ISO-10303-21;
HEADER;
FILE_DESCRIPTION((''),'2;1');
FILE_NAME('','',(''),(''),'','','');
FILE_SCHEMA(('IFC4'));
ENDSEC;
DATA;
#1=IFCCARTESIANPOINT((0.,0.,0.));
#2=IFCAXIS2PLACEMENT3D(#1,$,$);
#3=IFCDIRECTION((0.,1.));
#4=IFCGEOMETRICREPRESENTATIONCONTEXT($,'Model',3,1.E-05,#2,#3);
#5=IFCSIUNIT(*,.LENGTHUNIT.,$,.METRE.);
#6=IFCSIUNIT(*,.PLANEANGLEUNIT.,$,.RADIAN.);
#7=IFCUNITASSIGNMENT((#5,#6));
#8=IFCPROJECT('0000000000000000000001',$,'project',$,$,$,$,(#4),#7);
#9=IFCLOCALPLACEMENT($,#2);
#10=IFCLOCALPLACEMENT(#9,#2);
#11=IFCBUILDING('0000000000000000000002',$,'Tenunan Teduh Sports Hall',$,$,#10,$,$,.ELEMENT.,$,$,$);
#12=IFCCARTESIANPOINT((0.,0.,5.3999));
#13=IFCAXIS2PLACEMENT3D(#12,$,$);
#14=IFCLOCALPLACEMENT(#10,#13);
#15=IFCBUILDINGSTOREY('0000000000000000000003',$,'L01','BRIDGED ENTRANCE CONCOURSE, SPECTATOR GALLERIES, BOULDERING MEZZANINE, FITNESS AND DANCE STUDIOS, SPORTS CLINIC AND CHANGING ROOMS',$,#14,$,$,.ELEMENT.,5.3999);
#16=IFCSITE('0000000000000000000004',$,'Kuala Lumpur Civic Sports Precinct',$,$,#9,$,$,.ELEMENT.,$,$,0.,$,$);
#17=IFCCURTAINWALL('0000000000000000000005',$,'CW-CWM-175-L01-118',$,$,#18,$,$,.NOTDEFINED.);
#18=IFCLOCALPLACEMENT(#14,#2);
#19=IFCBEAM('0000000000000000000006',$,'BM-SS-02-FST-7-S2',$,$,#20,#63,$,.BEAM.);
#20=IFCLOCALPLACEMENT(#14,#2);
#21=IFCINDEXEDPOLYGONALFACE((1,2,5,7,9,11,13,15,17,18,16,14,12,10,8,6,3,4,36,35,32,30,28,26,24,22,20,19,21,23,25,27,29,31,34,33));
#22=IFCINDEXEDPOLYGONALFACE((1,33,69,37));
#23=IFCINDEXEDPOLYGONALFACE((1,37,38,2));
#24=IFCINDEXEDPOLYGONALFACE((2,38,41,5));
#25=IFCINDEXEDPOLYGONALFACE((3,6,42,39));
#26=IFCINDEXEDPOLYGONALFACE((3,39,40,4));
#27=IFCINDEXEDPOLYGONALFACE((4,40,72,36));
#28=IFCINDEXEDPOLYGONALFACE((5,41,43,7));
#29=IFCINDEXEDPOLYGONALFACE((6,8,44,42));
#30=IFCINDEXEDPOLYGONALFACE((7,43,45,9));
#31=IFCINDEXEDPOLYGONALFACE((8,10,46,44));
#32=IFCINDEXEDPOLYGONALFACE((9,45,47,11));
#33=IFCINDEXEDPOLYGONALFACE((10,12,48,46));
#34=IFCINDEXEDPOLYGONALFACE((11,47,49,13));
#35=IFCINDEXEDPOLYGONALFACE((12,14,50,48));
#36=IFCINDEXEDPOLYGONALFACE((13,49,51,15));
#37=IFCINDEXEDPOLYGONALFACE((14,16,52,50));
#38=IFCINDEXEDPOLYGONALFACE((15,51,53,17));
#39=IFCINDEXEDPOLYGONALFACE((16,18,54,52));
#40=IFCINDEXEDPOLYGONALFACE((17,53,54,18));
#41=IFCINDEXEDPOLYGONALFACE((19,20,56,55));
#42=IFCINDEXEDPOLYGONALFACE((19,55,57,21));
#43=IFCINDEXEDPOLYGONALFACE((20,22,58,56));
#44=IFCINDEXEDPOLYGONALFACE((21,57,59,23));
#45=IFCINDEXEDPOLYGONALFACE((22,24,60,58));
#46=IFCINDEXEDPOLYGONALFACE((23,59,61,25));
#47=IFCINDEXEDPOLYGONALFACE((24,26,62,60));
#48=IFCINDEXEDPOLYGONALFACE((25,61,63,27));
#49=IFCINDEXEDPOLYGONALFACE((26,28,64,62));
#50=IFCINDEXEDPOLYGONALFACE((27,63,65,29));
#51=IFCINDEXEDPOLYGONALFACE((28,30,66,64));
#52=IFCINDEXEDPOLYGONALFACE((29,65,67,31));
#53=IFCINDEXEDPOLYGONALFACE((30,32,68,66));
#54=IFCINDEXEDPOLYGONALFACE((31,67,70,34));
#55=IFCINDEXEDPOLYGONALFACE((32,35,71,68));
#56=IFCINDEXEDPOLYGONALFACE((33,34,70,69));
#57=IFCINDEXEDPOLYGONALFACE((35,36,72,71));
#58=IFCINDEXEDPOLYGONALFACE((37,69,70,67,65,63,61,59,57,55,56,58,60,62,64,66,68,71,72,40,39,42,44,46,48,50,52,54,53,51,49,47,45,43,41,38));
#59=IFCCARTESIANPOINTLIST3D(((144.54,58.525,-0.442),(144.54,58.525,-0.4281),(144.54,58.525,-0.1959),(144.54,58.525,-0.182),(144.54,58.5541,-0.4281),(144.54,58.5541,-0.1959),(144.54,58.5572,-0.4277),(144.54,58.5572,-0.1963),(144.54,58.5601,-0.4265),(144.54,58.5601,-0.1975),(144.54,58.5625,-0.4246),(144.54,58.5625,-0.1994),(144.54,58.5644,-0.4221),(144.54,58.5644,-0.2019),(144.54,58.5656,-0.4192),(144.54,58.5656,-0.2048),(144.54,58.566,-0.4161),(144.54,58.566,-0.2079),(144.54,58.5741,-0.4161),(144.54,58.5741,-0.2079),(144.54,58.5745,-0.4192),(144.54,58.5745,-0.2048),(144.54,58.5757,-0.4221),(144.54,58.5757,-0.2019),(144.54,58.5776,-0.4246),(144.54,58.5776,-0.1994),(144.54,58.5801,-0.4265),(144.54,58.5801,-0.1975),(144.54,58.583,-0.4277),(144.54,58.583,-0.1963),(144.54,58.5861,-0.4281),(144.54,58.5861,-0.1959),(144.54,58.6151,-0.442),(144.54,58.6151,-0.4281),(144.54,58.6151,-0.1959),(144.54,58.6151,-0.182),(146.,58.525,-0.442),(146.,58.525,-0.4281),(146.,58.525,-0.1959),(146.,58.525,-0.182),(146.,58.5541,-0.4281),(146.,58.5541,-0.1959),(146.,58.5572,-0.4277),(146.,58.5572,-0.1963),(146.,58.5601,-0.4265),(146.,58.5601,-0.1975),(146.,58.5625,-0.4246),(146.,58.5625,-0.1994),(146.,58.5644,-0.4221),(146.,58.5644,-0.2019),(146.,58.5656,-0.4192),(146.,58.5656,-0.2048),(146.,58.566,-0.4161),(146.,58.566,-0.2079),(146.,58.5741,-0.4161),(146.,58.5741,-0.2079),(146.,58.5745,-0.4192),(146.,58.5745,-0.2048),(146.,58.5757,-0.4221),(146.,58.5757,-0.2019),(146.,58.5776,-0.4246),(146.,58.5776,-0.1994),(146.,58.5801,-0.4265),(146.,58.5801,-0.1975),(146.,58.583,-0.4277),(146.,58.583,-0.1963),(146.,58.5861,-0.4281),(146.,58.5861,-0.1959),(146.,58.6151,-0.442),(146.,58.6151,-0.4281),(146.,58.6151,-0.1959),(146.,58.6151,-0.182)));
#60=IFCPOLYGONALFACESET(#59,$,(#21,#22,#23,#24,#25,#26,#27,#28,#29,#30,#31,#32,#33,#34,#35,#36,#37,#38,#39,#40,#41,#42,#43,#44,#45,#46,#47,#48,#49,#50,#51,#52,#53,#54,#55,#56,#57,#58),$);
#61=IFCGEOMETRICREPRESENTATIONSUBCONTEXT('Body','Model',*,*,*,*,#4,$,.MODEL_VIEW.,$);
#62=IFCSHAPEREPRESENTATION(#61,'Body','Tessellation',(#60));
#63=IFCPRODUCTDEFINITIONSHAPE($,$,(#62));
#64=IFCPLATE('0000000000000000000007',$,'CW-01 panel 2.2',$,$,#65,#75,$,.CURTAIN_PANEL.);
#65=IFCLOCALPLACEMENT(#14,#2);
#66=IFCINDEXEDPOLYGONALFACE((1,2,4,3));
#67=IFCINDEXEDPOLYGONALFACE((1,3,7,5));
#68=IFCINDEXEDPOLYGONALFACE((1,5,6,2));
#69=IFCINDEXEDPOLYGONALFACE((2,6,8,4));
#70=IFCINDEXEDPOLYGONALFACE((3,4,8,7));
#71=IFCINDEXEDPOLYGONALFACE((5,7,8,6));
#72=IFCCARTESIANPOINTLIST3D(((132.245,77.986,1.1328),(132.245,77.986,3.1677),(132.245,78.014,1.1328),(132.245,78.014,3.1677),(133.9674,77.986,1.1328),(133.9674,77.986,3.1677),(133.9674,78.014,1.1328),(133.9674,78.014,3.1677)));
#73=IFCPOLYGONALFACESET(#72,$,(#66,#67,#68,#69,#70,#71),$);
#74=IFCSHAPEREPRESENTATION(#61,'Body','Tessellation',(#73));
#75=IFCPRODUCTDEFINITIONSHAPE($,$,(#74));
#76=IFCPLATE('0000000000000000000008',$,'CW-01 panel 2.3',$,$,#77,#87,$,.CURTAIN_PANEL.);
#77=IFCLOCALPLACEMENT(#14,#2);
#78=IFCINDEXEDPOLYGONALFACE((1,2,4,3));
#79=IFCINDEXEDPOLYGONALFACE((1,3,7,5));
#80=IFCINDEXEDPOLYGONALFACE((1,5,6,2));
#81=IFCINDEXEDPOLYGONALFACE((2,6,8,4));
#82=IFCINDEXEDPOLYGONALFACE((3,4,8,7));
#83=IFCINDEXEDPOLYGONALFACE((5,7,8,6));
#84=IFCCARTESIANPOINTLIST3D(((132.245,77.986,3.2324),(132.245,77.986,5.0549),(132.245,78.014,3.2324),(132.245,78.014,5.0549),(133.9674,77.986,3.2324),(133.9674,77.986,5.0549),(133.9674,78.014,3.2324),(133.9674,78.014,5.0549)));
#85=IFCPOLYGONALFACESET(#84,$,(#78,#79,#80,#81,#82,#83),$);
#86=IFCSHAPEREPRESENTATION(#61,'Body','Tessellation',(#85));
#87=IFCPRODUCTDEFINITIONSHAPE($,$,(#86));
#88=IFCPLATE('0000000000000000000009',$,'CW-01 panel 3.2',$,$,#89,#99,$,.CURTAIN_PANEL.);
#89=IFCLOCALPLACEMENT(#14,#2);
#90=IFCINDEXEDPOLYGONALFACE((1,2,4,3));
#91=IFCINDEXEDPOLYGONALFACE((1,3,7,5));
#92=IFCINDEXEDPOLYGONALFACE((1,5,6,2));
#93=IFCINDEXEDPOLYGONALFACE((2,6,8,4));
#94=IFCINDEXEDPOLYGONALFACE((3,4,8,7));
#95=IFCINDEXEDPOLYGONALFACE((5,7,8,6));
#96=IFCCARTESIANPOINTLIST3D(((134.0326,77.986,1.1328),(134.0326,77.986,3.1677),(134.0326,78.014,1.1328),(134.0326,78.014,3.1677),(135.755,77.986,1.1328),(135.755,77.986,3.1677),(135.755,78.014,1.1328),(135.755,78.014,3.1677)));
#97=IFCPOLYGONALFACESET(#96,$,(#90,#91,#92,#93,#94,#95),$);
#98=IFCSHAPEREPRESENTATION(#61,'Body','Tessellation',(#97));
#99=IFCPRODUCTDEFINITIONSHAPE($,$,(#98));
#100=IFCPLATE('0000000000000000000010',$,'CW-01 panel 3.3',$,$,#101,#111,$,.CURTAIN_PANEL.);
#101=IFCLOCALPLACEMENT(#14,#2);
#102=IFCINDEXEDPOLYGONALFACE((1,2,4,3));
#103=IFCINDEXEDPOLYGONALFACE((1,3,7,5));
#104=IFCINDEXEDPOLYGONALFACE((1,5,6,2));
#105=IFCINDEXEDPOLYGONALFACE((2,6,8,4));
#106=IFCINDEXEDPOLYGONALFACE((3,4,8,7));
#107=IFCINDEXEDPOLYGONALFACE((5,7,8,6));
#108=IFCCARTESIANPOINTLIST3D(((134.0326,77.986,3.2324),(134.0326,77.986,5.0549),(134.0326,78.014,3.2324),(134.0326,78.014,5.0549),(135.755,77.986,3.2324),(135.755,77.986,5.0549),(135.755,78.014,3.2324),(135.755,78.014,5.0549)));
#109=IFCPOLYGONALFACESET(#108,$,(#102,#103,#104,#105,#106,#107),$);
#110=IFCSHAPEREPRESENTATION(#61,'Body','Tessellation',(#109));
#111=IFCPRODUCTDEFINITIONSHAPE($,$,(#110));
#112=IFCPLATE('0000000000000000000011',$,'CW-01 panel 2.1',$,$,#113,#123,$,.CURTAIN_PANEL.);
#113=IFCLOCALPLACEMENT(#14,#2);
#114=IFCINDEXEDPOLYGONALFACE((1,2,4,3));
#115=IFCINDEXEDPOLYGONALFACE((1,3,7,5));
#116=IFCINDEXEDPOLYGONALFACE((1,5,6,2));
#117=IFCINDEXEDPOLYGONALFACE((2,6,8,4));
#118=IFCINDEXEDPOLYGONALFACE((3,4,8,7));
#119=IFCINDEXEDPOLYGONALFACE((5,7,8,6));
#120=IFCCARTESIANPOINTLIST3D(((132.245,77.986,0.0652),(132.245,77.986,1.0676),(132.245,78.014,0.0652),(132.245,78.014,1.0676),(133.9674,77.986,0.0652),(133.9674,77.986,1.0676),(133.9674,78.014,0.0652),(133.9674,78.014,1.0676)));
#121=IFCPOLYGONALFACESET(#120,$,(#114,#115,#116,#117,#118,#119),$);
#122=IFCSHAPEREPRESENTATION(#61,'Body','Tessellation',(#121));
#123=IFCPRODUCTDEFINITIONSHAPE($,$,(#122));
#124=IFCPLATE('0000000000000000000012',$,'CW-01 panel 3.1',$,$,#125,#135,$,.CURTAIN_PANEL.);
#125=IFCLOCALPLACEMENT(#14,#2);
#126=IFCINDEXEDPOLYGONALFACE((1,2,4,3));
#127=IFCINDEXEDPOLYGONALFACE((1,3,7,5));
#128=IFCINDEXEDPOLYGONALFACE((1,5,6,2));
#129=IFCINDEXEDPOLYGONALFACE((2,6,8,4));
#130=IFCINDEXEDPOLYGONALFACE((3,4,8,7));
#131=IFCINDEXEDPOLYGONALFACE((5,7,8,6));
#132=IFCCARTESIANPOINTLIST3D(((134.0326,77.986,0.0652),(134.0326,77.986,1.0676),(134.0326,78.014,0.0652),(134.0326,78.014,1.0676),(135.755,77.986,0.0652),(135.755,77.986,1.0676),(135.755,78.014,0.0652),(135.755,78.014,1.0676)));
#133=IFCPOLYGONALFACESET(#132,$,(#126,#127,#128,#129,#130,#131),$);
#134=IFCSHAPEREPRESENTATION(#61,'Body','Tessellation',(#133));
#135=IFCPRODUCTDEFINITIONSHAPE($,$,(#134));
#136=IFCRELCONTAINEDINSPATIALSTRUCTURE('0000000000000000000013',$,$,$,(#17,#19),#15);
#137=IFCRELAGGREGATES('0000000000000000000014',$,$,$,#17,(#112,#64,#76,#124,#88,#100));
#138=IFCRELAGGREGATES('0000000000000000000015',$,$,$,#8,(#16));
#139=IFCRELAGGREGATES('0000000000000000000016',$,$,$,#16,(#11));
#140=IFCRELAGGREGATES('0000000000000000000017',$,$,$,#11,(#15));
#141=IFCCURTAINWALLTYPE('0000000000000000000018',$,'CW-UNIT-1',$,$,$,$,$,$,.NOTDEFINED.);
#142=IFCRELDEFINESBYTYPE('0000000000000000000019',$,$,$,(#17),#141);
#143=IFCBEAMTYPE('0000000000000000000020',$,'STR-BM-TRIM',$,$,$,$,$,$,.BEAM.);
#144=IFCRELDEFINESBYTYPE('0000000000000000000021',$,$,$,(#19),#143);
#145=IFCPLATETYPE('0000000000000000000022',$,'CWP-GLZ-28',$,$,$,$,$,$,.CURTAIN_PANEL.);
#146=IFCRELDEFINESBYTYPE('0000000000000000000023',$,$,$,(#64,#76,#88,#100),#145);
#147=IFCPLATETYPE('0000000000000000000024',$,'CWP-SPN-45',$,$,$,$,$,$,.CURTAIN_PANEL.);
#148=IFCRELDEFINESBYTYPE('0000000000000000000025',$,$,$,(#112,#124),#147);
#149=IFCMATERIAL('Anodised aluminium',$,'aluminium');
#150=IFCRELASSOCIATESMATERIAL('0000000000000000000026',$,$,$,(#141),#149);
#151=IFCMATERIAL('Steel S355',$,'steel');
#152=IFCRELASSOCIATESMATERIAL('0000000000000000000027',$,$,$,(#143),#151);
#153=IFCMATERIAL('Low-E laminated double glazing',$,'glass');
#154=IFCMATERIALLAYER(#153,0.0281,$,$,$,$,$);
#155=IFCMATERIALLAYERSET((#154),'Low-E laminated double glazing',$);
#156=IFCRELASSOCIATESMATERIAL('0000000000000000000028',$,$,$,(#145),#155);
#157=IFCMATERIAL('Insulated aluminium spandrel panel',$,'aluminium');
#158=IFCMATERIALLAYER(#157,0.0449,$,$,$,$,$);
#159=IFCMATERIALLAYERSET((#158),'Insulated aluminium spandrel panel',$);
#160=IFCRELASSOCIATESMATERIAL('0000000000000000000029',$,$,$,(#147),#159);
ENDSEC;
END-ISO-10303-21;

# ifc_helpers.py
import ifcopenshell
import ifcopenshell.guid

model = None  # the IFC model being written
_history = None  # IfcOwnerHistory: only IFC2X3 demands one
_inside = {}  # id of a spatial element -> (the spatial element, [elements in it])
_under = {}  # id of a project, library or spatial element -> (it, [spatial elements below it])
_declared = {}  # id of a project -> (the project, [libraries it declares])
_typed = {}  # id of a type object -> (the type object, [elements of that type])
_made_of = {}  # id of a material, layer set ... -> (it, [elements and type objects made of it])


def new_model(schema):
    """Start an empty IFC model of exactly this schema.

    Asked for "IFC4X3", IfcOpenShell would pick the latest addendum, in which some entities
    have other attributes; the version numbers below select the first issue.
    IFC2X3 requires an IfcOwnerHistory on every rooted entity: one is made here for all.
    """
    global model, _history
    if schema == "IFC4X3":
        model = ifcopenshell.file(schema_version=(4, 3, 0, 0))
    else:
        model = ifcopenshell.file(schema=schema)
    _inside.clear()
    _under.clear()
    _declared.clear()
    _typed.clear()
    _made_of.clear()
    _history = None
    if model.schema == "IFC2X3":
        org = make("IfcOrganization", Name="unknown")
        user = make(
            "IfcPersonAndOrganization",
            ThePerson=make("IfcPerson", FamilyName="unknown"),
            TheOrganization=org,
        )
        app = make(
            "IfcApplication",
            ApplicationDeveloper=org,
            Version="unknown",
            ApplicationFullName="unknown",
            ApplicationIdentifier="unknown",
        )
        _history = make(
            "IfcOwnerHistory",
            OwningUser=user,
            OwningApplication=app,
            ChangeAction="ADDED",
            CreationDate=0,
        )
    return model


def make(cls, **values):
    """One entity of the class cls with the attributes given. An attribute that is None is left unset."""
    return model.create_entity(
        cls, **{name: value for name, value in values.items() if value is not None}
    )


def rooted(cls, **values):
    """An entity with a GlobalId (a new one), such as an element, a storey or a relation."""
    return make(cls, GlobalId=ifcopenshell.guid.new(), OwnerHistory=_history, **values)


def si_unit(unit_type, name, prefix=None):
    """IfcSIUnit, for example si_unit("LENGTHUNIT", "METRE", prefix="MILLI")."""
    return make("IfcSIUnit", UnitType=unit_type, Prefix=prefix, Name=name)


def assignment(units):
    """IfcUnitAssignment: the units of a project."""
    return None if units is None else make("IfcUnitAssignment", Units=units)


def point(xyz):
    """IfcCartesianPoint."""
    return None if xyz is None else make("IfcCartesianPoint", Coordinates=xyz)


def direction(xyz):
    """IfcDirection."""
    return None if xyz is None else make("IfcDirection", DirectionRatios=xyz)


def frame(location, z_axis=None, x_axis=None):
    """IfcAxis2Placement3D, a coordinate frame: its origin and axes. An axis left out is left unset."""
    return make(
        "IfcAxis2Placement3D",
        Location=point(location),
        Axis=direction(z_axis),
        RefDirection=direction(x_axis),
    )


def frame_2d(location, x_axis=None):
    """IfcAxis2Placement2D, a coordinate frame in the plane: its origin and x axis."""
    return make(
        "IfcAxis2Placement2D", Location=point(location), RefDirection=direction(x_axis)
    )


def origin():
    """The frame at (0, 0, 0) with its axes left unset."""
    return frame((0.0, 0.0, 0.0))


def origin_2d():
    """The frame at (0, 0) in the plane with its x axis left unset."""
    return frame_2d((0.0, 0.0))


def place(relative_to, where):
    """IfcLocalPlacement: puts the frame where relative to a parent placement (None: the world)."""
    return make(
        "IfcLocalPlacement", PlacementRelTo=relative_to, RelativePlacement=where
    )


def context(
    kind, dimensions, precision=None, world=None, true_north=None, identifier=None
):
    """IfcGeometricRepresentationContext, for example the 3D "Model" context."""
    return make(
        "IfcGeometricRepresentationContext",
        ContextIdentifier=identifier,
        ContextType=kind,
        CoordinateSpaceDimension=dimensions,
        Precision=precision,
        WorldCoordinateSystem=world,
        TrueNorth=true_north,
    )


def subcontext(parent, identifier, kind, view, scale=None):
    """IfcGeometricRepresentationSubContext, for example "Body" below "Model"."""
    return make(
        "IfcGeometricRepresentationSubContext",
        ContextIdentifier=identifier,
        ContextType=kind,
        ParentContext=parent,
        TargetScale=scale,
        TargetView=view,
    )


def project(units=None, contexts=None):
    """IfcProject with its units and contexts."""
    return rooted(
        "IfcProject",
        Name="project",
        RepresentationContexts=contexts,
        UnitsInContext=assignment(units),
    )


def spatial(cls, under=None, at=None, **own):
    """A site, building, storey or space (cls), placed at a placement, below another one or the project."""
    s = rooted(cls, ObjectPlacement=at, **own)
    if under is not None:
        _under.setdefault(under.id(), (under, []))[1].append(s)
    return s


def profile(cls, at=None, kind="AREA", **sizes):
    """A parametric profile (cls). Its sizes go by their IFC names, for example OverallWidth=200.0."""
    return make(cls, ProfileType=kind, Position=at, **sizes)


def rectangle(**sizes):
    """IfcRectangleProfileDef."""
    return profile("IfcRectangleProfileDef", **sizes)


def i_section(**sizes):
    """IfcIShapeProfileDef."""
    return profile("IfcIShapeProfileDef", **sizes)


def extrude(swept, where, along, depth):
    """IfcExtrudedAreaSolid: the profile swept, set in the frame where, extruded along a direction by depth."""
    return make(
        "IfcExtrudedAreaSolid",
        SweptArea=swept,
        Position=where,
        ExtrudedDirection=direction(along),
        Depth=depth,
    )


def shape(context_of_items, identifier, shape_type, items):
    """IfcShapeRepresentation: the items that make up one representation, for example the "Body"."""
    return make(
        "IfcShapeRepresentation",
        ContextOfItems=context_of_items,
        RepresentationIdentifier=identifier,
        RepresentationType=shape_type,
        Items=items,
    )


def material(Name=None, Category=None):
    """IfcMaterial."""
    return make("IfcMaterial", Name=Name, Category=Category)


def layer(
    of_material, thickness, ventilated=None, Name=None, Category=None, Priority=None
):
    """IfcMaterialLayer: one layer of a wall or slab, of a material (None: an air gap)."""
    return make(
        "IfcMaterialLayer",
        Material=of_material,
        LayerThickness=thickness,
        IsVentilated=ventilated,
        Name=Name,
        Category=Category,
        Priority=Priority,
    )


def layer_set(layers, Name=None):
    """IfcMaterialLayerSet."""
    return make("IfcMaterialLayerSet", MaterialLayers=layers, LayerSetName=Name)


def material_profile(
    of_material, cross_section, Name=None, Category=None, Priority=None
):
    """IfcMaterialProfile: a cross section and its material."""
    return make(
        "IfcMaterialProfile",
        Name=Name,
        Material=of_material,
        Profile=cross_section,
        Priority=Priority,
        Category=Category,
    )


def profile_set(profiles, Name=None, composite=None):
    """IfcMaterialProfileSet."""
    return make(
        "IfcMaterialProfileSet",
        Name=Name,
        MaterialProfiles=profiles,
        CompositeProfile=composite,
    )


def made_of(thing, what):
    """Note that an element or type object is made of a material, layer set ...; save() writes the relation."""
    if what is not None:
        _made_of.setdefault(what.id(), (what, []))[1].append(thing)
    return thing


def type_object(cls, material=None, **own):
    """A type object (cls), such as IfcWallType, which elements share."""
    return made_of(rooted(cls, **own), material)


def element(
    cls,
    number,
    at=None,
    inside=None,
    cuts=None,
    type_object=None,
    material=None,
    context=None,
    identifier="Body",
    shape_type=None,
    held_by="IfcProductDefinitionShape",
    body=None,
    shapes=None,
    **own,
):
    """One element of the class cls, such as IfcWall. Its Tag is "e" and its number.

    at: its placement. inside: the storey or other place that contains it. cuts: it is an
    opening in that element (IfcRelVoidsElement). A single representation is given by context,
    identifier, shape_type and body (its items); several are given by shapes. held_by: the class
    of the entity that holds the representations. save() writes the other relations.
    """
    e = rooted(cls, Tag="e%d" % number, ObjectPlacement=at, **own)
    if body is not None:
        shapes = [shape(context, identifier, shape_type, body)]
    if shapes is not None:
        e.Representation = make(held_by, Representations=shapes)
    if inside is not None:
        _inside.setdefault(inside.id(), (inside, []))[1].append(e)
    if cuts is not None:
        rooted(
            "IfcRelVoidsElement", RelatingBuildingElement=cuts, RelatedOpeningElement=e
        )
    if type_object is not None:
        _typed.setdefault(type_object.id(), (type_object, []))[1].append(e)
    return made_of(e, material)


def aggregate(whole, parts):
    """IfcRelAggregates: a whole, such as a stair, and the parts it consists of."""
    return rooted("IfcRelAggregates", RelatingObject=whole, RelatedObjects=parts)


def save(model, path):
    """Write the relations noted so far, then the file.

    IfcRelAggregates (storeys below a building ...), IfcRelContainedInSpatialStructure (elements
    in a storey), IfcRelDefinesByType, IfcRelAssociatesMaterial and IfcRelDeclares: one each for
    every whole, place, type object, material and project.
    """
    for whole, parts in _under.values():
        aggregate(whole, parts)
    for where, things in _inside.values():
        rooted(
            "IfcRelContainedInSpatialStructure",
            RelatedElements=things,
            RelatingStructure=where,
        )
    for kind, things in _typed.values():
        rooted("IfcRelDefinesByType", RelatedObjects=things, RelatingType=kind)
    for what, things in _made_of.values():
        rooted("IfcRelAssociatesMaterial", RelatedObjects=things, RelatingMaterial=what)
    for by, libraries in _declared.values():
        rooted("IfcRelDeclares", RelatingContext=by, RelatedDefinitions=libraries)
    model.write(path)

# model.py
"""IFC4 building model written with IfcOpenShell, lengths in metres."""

from ifc_helpers import new_model, si_unit, direction, frame, origin, origin_2d, place, context, subcontext, project, spatial, rectangle, i_section, extrude, material, layer, layer_set, material_profile, profile_set, type_object, element, aggregate, save


model = new_model("IFC4")

# Units and contexts
model_context = context("Model", 3, precision=1e-05, world=origin(), true_north=direction((0.0, 1.0)))
body_context = subcontext(model_context, "Body", "Model", "MODEL_VIEW")
ifc_project = project(units=[si_unit("LENGTHUNIT", "METRE"), si_unit("PLANEANGLEUNIT", "RADIAN")], contexts=[model_context])

# Site, building, storey
site_placement = place(None, origin())
site = spatial("IfcSite", under=ifc_project, at=site_placement, Name="Kuala Lumpur Civic Sports Precinct", CompositionType="ELEMENT", RefElevation=0.0)
building_placement = place(site_placement, origin())
building = spatial("IfcBuilding", under=site, at=building_placement, Name="Tenunan Teduh Sports Hall", CompositionType="ELEMENT")
storey_placement = place(building_placement, frame((0.0, 0.0, 5.3999)))
storey = spatial("IfcBuildingStorey", under=building, at=storey_placement, Name="L01", Description="BRIDGED ENTRANCE CONCOURSE, SPECTATOR GALLERIES, BOULDERING MEZZANINE, FITNESS AND DANCE STUDIOS, SPORTS CLINIC AND CHANGING ROOMS", CompositionType="ELEMENT", Elevation=5.3999)

# Curtain wall
ifc_material_1 = material(Name="Anodised aluminium", Category="aluminium")
curtain_wall_type = type_object("IfcCurtainWallType", Name="CW-UNIT-1", PredefinedType="NOTDEFINED", material=ifc_material_1)
curtain_wall_placement = place(storey_placement, origin())
curtain_wall = element("IfcCurtainWall", 1, at=curtain_wall_placement, inside=storey, type_object=curtain_wall_type, Name="CW-CWM-175-L01-118", PredefinedType="NOTDEFINED")

# Beam
ifc_material_2 = material(Name="Steel S355", Category="steel")
ifc_material_profile_1 = material_profile(ifc_material_2, i_section(OverallWidth=0.0901, OverallDepth=0.26, WebThickness=0.0081, FlangeThickness=0.0139, FilletRadius=0.012, at=origin_2d()), Name="PFC 260x90")
ifc_profile_set_1 = profile_set([ifc_material_profile_1], Name="Steel S355")
beam_type_1 = type_object("IfcBeamType", Name="STR-BM-TRIM", PredefinedType="BEAM", material=ifc_profile_set_1)
beam_1_placement = place(storey_placement, frame((144.54, 58.5701, -0.312), z_axis=(1.0, 0.0, 0.0), x_axis=(0.0, 1.0, 0.0)))
element("IfcBeam", 2, at=beam_1_placement, inside=storey, type_object=beam_type_1, Name="BM-SS-02-FST-7-S2", PredefinedType="BEAM", context=body_context, shape_type="SweptSolid", body=[
    extrude(i_section(OverallWidth=0.0901, OverallDepth=0.26, WebThickness=0.0081, FlangeThickness=0.0139, FilletRadius=0.012, at=origin_2d()), origin(), (0.0, 0.0, 1.0), 1.46),
])

# Plates
ifc_material_3 = material(Name="Low-E laminated double glazing", Category="glass")
ifc_layer_1 = layer(ifc_material_3, 0.0281)
ifc_layer_set_1 = layer_set([ifc_layer_1], Name="Low-E laminated double glazing")
plate_type_1 = type_object("IfcPlateType", Name="CWP-GLZ-28", PredefinedType="CURTAIN_PANEL", material=ifc_layer_set_1)
plate_1_placement = place(storey_placement, frame((133.1062, 78.0, 1.1328), z_axis=(0.0, 0.0, 1.0), x_axis=(1.0, 0.0, 0.0)))
plate_1 = element("IfcPlate", 3, at=plate_1_placement, type_object=plate_type_1, Name="CW-01 panel 2.2", PredefinedType="CURTAIN_PANEL", context=body_context, shape_type="SweptSolid", body=[
    extrude(rectangle(XDim=1.7224, YDim=0.0281, at=origin_2d()), origin(), (0.0, 0.0, 1.0), 2.0349),
])
plate_2_placement = place(storey_placement, frame((133.1062, 78.0, 3.2324), z_axis=(0.0, 0.0, 1.0), x_axis=(1.0, 0.0, 0.0)))
plate_2 = element("IfcPlate", 4, at=plate_2_placement, type_object=plate_type_1, Name="CW-01 panel 2.3", PredefinedType="CURTAIN_PANEL", context=body_context, shape_type="SweptSolid", body=[
    extrude(rectangle(XDim=1.7224, YDim=0.0281, at=origin_2d()), origin(), (0.0, 0.0, 1.0), 1.8225),
])
plate_3_placement = place(storey_placement, frame((134.8938, 78.0, 1.1328), z_axis=(0.0, 0.0, 1.0), x_axis=(1.0, 0.0, 0.0)))
plate_3 = element("IfcPlate", 5, at=plate_3_placement, type_object=plate_type_1, Name="CW-01 panel 3.2", PredefinedType="CURTAIN_PANEL", context=body_context, shape_type="SweptSolid", body=[
    extrude(rectangle(XDim=1.7224, YDim=0.0281, at=origin_2d()), origin(), (0.0, 0.0, 1.0), 2.0349),
])
plate_4_placement = place(storey_placement, frame((134.8938, 78.0, 3.2324), z_axis=(0.0, 0.0, 1.0), x_axis=(1.0, 0.0, 0.0)))
plate_4 = element("IfcPlate", 6, at=plate_4_placement, type_object=plate_type_1, Name="CW-01 panel 3.3", PredefinedType="CURTAIN_PANEL", context=body_context, shape_type="SweptSolid", body=[
    extrude(rectangle(XDim=1.7224, YDim=0.0281, at=origin_2d()), origin(), (0.0, 0.0, 1.0), 1.8225),
])
ifc_material_4 = material(Name="Insulated aluminium spandrel panel", Category="aluminium")
ifc_layer_2 = layer(ifc_material_4, 0.0449)
ifc_layer_set_2 = layer_set([ifc_layer_2], Name="Insulated aluminium spandrel panel")
plate_type_2 = type_object("IfcPlateType", Name="CWP-SPN-45", PredefinedType="CURTAIN_PANEL", material=ifc_layer_set_2)
plate_5_placement = place(storey_placement, frame((133.1062, 78.0, 0.0652), z_axis=(0.0, 0.0, 1.0), x_axis=(1.0, 0.0, 0.0)))
plate_5 = element("IfcPlate", 7, at=plate_5_placement, type_object=plate_type_2, Name="CW-01 panel 2.1", PredefinedType="CURTAIN_PANEL", context=body_context, shape_type="SweptSolid", body=[
    extrude(rectangle(XDim=1.7224, YDim=0.0281, at=origin_2d()), origin(), (0.0, 0.0, 1.0), 1.0024),
])
plate_6_placement = place(storey_placement, frame((134.8938, 78.0, 0.0652), z_axis=(0.0, 0.0, 1.0), x_axis=(1.0, 0.0, 0.0)))
plate_6 = element("IfcPlate", 8, at=plate_6_placement, type_object=plate_type_2, Name="CW-01 panel 3.1", PredefinedType="CURTAIN_PANEL", context=body_context, shape_type="SweptSolid", body=[
    extrude(rectangle(XDim=1.7224, YDim=0.0281, at=origin_2d()), origin(), (0.0, 0.0, 1.0), 1.0024),
])
aggregate(curtain_wall, [plate_5, plate_1, plate_2, plate_6, plate_3, plate_4])

save(model, "model.ifc")
